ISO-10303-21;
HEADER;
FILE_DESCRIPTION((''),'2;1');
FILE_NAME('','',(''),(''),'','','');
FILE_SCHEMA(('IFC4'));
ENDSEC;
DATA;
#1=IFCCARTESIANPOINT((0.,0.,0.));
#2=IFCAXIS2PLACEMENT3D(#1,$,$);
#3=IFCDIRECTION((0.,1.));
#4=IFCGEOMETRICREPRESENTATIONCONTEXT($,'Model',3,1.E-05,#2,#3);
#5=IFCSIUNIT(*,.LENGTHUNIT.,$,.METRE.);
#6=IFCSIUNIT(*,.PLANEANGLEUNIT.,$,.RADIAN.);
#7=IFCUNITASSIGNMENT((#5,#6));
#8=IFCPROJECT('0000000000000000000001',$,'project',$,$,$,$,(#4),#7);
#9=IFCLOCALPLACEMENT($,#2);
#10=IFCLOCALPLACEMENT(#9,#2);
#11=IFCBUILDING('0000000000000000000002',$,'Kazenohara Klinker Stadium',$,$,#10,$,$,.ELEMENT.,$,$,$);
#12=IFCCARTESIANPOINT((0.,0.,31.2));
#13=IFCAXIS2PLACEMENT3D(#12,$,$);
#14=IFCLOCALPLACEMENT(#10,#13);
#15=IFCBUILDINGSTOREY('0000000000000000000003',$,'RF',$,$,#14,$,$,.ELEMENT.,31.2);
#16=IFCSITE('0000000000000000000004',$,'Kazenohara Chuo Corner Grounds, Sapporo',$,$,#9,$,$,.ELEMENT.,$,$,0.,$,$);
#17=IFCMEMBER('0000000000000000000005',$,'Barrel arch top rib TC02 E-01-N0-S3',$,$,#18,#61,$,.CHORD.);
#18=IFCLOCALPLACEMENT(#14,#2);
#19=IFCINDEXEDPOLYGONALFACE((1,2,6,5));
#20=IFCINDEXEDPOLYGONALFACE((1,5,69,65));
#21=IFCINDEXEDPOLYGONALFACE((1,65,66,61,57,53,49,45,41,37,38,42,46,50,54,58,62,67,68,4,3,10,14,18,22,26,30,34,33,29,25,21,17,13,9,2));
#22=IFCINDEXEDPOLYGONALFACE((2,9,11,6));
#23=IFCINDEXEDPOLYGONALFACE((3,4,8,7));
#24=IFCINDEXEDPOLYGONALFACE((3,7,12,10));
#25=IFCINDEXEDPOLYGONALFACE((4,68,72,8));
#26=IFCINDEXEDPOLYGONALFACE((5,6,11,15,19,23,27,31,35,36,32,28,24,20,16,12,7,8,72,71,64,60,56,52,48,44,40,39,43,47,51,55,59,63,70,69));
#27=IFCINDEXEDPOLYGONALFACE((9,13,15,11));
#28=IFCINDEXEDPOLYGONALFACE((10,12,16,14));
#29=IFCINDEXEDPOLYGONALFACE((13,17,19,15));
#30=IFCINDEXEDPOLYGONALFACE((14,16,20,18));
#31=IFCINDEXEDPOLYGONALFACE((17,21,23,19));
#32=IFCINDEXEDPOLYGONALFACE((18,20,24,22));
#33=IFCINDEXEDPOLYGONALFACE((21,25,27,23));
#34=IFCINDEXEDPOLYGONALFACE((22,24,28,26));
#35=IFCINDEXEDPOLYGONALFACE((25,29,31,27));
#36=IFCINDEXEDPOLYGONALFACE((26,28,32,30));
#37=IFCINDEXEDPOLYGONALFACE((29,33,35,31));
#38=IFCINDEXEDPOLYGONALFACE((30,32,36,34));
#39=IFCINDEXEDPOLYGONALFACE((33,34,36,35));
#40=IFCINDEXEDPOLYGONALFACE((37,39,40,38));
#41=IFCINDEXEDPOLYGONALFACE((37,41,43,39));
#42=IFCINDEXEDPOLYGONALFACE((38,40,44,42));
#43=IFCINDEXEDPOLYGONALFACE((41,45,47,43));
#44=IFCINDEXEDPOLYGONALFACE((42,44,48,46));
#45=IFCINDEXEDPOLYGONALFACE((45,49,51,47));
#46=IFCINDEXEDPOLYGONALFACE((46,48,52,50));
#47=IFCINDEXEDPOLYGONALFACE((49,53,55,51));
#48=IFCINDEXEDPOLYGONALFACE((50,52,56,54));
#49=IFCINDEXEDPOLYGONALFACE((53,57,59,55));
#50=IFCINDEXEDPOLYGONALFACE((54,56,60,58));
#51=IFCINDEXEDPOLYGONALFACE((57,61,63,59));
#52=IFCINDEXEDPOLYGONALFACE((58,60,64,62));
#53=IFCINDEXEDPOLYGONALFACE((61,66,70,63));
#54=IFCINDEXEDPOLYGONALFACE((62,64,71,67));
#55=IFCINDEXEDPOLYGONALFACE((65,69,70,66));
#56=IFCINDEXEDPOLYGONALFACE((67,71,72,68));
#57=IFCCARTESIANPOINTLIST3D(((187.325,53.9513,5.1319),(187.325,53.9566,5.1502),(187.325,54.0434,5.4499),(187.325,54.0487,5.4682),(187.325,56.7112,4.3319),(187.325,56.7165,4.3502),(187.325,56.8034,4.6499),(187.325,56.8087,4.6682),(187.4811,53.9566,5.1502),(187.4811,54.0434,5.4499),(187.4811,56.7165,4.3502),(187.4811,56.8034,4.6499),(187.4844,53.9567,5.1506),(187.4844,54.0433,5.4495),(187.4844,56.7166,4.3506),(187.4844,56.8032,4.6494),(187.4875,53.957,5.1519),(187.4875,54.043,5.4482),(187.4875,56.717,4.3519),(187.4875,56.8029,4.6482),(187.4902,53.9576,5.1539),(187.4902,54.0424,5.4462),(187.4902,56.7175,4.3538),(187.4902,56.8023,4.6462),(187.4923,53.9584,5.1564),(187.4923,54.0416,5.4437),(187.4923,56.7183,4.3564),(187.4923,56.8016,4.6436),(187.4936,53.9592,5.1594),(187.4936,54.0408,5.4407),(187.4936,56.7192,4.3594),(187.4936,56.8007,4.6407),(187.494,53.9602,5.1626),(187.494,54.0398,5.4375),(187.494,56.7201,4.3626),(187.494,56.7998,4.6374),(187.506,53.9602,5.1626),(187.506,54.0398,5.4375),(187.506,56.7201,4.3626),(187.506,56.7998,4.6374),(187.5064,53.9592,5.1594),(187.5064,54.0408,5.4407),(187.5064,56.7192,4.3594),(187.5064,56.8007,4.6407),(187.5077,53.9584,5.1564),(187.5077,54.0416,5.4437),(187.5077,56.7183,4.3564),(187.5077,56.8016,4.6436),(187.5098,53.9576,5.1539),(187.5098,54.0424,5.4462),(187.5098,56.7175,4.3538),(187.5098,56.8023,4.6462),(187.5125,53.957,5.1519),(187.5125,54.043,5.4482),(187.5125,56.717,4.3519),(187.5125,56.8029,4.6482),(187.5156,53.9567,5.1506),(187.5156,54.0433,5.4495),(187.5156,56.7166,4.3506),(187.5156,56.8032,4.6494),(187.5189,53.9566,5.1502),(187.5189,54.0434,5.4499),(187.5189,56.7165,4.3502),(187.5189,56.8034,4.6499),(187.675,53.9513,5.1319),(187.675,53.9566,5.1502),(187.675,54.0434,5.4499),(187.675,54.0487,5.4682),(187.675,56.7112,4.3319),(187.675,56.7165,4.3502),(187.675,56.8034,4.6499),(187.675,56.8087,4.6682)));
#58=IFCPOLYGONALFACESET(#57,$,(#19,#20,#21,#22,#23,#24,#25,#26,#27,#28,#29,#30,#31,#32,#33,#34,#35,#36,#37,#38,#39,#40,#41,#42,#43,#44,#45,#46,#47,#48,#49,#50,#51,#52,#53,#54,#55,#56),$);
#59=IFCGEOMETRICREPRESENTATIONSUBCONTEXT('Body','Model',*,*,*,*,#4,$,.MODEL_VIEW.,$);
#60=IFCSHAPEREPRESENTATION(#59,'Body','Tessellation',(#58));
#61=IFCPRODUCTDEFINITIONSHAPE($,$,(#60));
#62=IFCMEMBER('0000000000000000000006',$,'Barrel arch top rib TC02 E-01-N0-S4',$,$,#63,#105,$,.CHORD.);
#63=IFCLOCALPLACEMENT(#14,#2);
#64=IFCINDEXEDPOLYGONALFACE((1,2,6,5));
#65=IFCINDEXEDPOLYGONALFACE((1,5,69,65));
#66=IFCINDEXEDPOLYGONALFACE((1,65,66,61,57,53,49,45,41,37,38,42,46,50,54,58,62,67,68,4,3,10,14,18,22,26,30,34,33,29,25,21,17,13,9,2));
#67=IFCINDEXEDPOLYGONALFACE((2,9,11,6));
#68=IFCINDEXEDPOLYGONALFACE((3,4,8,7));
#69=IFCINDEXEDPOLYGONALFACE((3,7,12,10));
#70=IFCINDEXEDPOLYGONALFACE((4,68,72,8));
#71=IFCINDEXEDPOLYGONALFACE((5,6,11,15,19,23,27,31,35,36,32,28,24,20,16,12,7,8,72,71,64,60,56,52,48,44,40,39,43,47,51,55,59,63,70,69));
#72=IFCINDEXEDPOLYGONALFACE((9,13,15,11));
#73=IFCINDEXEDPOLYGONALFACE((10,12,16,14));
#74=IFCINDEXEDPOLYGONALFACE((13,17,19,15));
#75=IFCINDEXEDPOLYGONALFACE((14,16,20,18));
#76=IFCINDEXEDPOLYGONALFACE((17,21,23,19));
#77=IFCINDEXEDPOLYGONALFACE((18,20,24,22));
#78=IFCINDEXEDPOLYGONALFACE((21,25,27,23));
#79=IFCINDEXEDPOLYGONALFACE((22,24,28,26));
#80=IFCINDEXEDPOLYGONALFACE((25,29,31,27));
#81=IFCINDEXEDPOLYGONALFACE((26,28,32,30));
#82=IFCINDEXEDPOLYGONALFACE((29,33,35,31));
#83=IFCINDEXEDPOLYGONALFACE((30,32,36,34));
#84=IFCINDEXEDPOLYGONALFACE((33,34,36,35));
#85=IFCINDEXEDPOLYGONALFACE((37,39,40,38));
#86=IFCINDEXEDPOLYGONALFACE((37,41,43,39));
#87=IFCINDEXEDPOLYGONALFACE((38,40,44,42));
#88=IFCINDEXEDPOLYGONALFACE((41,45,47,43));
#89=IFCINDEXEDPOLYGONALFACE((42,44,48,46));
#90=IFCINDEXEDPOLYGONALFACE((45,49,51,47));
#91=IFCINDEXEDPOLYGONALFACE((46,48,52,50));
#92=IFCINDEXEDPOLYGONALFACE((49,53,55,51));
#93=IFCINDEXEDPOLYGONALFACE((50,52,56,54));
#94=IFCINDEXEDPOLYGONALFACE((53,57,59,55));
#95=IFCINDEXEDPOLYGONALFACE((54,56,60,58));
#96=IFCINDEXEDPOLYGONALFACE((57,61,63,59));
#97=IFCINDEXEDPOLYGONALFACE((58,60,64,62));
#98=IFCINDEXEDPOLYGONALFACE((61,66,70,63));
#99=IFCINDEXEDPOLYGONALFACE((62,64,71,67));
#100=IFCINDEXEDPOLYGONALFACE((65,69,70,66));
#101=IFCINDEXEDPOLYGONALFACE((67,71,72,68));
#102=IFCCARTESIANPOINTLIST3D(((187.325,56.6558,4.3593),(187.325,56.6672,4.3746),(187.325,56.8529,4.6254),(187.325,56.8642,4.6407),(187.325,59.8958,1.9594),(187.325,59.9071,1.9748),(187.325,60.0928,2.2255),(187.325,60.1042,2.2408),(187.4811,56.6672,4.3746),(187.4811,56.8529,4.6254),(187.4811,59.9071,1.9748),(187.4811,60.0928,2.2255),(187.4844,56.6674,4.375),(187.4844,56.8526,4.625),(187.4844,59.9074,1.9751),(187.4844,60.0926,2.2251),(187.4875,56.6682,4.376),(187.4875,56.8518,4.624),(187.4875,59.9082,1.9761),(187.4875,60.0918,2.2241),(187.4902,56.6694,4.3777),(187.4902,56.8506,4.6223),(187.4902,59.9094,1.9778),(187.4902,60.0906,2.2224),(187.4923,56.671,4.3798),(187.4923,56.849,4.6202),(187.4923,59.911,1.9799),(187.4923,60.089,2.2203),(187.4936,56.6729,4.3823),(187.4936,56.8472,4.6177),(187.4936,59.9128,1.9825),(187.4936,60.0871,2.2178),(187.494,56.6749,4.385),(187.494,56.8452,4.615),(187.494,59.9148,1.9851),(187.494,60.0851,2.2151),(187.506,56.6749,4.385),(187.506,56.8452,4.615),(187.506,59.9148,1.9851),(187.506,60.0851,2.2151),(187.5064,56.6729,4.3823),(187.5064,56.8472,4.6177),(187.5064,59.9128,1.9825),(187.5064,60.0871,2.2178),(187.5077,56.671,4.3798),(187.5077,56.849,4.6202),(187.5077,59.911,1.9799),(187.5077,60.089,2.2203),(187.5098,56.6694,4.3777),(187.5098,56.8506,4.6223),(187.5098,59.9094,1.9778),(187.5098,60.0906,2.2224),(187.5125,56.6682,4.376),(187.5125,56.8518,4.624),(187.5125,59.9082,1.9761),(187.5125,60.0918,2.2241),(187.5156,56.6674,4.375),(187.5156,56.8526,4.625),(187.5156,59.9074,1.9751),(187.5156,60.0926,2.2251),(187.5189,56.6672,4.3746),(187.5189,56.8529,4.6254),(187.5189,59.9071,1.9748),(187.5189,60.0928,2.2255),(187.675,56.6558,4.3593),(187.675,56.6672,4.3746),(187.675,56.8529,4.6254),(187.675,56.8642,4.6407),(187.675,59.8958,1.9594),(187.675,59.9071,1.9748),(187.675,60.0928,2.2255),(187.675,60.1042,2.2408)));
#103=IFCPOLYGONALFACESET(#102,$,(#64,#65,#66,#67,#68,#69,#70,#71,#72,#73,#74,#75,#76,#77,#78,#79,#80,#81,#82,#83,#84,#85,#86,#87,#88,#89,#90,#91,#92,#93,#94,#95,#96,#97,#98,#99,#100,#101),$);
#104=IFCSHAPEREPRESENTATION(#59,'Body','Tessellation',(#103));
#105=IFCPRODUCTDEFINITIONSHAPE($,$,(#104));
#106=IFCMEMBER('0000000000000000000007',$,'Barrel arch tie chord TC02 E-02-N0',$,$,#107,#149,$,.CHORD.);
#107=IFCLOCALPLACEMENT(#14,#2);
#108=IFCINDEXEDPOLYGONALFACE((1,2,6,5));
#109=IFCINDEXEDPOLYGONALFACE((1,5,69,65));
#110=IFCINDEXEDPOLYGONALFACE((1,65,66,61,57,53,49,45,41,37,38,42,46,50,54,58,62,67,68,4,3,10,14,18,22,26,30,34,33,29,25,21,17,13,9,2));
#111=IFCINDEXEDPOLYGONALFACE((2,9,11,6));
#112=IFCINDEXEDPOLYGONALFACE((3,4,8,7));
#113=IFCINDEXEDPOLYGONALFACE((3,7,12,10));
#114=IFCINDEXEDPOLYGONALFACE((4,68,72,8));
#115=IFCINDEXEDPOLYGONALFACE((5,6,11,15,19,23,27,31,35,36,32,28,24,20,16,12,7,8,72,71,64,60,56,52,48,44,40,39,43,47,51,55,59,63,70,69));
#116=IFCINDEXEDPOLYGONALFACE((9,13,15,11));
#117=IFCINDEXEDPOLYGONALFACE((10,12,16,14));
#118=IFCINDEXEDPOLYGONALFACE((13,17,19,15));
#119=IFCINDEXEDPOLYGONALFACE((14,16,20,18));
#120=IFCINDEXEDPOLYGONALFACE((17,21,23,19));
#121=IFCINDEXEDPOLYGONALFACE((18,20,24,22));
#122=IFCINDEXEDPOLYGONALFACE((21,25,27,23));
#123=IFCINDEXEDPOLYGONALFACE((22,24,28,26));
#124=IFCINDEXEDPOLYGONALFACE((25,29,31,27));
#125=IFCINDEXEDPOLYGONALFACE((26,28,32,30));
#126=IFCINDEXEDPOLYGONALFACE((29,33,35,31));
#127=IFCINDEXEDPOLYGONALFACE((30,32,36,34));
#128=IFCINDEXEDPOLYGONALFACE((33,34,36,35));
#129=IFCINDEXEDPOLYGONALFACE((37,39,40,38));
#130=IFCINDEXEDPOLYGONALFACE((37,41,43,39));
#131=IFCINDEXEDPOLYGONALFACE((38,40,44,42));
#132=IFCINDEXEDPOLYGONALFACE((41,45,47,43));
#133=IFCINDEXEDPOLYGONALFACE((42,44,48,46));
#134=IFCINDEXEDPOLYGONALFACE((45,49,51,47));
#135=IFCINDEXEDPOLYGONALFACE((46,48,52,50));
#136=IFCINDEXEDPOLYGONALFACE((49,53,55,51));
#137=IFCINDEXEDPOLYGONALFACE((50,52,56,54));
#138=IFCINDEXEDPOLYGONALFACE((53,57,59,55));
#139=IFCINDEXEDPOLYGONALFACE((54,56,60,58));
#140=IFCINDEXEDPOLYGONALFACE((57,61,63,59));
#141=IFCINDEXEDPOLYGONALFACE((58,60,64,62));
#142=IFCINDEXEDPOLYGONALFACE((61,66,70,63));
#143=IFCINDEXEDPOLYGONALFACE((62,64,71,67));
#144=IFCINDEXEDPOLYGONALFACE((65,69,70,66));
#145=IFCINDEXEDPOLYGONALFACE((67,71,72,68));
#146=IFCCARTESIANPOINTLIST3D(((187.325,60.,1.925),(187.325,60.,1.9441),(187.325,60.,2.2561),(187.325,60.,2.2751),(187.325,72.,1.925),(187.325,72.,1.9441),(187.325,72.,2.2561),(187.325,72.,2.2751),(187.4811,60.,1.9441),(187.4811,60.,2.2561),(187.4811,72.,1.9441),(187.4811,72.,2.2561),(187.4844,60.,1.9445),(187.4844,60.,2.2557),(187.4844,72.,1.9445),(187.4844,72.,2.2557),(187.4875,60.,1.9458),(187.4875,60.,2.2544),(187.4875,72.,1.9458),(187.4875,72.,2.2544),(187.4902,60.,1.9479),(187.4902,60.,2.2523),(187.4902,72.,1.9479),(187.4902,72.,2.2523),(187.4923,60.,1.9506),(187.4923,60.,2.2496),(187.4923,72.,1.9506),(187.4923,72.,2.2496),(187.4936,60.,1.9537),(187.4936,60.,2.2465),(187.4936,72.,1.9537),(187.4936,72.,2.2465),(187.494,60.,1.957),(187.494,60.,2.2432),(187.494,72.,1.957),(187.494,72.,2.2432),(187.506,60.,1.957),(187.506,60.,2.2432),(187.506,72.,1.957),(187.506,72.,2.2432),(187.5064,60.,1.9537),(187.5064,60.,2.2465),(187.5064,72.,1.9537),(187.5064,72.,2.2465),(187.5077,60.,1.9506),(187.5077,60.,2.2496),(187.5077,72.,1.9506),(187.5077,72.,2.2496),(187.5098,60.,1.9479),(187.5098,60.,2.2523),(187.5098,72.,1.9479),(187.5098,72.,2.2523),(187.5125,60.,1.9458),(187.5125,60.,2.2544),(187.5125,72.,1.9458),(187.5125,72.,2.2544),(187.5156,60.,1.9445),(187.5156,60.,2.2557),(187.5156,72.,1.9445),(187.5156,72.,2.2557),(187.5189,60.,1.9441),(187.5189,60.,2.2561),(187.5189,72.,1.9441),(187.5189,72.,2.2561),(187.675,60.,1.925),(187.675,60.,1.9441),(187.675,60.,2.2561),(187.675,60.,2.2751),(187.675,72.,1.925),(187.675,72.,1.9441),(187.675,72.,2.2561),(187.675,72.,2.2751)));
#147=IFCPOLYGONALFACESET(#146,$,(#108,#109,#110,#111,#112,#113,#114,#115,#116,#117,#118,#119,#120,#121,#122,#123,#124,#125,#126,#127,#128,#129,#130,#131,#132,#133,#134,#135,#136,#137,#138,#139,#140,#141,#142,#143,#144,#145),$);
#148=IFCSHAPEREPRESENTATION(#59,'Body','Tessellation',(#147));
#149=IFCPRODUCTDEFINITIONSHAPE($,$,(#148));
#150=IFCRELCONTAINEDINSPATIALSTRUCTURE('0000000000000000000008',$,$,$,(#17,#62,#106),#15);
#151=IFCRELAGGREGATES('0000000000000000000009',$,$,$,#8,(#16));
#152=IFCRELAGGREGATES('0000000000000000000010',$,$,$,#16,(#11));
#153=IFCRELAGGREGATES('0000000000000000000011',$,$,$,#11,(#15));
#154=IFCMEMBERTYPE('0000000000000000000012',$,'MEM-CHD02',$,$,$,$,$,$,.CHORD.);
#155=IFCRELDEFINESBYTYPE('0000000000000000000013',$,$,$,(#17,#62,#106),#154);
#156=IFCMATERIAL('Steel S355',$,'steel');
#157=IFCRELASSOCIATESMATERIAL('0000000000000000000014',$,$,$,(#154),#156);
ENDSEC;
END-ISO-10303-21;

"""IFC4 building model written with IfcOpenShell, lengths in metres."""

from ifc_helpers import new_model, si_unit, direction, frame, origin, origin_2d, place, context, subcontext, project, spatial, i_section, extrude, material, material_profile, profile_set, type_object, element, save


model = new_model("IFC4")

# Units and contexts
model_context = context("Model", 3, precision=1e-05, world=origin(), true_north=direction((0.0, 1.0)))
body_context = subcontext(model_context, "Body", "Model", "MODEL_VIEW")
ifc_project = project(units=[si_unit("LENGTHUNIT", "METRE"), si_unit("PLANEANGLEUNIT", "RADIAN")], contexts=[model_context])

# Site, building, storey
site_placement = place(None, origin())
site = spatial("IfcSite", under=ifc_project, at=site_placement, Name="Kazenohara Chuo Corner Grounds, Sapporo", CompositionType="ELEMENT", RefElevation=0.0)
building_placement = place(site_placement, origin())
building = spatial("IfcBuilding", under=site, at=building_placement, Name="Kazenohara Klinker Stadium", CompositionType="ELEMENT")
storey_placement = place(building_placement, frame((0.0, 0.0, 31.2)))
storey = spatial("IfcBuildingStorey", under=building, at=storey_placement, Name="RF", CompositionType="ELEMENT", Elevation=31.2)

# Members
ifc_material_1 = material(Name="Steel S355", Category="steel")
ifc_material_profile_1 = material_profile(ifc_material_1, i_section(OverallWidth=0.3501, OverallDepth=0.3501, WebThickness=0.012, FlangeThickness=0.019, FilletRadius=0.0129, at=origin_2d()), Name="H-350x350x12x19")
ifc_profile_set_1 = profile_set([ifc_material_profile_1], Name="Steel S355")
member_type_1 = type_object("IfcMemberType", Name="MEM-CHD02", PredefinedType="CHORD", material=ifc_profile_set_1)
member_1_placement = place(storey_placement, frame((187.5, 54.0, 5.3), z_axis=(0.0, 0.960462, -0.278411), x_axis=(-1.0, 0.0, 0.0)))
element("IfcMember", 1, at=member_1_placement, inside=storey, type_object=member_type_1, Name="Barrel arch top rib TC02 E-01-N0-S3", PredefinedType="CHORD", context=body_context, shape_type="SweptSolid", body=[
    extrude(i_section(OverallWidth=0.3501, OverallDepth=0.3501, WebThickness=0.012, FlangeThickness=0.019, FilletRadius=0.0129, at=origin_2d()), origin(), (0.0, 0.0, 1.0), 2.8735),
])
member_2_placement = place(storey_placement, frame((187.5, 56.76, 4.5), z_axis=(0.0, 0.803568, -0.595213), x_axis=(-1.0, 0.0, 0.0)))
element("IfcMember", 2, at=member_2_placement, inside=storey, type_object=member_type_1, Name="Barrel arch top rib TC02 E-01-N0-S4", PredefinedType="CHORD", context=body_context, shape_type="SweptSolid", body=[
    extrude(i_section(OverallWidth=0.3501, OverallDepth=0.3501, WebThickness=0.012, FlangeThickness=0.019, FilletRadius=0.0129, at=origin_2d()), origin(), (0.0, 0.0, 1.0), 4.032),
])
member_3_placement = place(storey_placement, frame((187.5, 60.0, 2.1001), z_axis=(0.0, 1.0, 0.0), x_axis=(-1.0, 0.0, 0.0)))
element("IfcMember", 3, at=member_3_placement, inside=storey, type_object=member_type_1, Name="Barrel arch tie chord TC02 E-02-N0", PredefinedType="CHORD", context=body_context, shape_type="SweptSolid", body=[
    extrude(i_section(OverallWidth=0.3501, OverallDepth=0.3501, WebThickness=0.012, FlangeThickness=0.019, FilletRadius=0.0129, at=origin_2d()), origin(), (0.0, 0.0, 1.0), 12.0),
])

save(model, "model.ifc")
